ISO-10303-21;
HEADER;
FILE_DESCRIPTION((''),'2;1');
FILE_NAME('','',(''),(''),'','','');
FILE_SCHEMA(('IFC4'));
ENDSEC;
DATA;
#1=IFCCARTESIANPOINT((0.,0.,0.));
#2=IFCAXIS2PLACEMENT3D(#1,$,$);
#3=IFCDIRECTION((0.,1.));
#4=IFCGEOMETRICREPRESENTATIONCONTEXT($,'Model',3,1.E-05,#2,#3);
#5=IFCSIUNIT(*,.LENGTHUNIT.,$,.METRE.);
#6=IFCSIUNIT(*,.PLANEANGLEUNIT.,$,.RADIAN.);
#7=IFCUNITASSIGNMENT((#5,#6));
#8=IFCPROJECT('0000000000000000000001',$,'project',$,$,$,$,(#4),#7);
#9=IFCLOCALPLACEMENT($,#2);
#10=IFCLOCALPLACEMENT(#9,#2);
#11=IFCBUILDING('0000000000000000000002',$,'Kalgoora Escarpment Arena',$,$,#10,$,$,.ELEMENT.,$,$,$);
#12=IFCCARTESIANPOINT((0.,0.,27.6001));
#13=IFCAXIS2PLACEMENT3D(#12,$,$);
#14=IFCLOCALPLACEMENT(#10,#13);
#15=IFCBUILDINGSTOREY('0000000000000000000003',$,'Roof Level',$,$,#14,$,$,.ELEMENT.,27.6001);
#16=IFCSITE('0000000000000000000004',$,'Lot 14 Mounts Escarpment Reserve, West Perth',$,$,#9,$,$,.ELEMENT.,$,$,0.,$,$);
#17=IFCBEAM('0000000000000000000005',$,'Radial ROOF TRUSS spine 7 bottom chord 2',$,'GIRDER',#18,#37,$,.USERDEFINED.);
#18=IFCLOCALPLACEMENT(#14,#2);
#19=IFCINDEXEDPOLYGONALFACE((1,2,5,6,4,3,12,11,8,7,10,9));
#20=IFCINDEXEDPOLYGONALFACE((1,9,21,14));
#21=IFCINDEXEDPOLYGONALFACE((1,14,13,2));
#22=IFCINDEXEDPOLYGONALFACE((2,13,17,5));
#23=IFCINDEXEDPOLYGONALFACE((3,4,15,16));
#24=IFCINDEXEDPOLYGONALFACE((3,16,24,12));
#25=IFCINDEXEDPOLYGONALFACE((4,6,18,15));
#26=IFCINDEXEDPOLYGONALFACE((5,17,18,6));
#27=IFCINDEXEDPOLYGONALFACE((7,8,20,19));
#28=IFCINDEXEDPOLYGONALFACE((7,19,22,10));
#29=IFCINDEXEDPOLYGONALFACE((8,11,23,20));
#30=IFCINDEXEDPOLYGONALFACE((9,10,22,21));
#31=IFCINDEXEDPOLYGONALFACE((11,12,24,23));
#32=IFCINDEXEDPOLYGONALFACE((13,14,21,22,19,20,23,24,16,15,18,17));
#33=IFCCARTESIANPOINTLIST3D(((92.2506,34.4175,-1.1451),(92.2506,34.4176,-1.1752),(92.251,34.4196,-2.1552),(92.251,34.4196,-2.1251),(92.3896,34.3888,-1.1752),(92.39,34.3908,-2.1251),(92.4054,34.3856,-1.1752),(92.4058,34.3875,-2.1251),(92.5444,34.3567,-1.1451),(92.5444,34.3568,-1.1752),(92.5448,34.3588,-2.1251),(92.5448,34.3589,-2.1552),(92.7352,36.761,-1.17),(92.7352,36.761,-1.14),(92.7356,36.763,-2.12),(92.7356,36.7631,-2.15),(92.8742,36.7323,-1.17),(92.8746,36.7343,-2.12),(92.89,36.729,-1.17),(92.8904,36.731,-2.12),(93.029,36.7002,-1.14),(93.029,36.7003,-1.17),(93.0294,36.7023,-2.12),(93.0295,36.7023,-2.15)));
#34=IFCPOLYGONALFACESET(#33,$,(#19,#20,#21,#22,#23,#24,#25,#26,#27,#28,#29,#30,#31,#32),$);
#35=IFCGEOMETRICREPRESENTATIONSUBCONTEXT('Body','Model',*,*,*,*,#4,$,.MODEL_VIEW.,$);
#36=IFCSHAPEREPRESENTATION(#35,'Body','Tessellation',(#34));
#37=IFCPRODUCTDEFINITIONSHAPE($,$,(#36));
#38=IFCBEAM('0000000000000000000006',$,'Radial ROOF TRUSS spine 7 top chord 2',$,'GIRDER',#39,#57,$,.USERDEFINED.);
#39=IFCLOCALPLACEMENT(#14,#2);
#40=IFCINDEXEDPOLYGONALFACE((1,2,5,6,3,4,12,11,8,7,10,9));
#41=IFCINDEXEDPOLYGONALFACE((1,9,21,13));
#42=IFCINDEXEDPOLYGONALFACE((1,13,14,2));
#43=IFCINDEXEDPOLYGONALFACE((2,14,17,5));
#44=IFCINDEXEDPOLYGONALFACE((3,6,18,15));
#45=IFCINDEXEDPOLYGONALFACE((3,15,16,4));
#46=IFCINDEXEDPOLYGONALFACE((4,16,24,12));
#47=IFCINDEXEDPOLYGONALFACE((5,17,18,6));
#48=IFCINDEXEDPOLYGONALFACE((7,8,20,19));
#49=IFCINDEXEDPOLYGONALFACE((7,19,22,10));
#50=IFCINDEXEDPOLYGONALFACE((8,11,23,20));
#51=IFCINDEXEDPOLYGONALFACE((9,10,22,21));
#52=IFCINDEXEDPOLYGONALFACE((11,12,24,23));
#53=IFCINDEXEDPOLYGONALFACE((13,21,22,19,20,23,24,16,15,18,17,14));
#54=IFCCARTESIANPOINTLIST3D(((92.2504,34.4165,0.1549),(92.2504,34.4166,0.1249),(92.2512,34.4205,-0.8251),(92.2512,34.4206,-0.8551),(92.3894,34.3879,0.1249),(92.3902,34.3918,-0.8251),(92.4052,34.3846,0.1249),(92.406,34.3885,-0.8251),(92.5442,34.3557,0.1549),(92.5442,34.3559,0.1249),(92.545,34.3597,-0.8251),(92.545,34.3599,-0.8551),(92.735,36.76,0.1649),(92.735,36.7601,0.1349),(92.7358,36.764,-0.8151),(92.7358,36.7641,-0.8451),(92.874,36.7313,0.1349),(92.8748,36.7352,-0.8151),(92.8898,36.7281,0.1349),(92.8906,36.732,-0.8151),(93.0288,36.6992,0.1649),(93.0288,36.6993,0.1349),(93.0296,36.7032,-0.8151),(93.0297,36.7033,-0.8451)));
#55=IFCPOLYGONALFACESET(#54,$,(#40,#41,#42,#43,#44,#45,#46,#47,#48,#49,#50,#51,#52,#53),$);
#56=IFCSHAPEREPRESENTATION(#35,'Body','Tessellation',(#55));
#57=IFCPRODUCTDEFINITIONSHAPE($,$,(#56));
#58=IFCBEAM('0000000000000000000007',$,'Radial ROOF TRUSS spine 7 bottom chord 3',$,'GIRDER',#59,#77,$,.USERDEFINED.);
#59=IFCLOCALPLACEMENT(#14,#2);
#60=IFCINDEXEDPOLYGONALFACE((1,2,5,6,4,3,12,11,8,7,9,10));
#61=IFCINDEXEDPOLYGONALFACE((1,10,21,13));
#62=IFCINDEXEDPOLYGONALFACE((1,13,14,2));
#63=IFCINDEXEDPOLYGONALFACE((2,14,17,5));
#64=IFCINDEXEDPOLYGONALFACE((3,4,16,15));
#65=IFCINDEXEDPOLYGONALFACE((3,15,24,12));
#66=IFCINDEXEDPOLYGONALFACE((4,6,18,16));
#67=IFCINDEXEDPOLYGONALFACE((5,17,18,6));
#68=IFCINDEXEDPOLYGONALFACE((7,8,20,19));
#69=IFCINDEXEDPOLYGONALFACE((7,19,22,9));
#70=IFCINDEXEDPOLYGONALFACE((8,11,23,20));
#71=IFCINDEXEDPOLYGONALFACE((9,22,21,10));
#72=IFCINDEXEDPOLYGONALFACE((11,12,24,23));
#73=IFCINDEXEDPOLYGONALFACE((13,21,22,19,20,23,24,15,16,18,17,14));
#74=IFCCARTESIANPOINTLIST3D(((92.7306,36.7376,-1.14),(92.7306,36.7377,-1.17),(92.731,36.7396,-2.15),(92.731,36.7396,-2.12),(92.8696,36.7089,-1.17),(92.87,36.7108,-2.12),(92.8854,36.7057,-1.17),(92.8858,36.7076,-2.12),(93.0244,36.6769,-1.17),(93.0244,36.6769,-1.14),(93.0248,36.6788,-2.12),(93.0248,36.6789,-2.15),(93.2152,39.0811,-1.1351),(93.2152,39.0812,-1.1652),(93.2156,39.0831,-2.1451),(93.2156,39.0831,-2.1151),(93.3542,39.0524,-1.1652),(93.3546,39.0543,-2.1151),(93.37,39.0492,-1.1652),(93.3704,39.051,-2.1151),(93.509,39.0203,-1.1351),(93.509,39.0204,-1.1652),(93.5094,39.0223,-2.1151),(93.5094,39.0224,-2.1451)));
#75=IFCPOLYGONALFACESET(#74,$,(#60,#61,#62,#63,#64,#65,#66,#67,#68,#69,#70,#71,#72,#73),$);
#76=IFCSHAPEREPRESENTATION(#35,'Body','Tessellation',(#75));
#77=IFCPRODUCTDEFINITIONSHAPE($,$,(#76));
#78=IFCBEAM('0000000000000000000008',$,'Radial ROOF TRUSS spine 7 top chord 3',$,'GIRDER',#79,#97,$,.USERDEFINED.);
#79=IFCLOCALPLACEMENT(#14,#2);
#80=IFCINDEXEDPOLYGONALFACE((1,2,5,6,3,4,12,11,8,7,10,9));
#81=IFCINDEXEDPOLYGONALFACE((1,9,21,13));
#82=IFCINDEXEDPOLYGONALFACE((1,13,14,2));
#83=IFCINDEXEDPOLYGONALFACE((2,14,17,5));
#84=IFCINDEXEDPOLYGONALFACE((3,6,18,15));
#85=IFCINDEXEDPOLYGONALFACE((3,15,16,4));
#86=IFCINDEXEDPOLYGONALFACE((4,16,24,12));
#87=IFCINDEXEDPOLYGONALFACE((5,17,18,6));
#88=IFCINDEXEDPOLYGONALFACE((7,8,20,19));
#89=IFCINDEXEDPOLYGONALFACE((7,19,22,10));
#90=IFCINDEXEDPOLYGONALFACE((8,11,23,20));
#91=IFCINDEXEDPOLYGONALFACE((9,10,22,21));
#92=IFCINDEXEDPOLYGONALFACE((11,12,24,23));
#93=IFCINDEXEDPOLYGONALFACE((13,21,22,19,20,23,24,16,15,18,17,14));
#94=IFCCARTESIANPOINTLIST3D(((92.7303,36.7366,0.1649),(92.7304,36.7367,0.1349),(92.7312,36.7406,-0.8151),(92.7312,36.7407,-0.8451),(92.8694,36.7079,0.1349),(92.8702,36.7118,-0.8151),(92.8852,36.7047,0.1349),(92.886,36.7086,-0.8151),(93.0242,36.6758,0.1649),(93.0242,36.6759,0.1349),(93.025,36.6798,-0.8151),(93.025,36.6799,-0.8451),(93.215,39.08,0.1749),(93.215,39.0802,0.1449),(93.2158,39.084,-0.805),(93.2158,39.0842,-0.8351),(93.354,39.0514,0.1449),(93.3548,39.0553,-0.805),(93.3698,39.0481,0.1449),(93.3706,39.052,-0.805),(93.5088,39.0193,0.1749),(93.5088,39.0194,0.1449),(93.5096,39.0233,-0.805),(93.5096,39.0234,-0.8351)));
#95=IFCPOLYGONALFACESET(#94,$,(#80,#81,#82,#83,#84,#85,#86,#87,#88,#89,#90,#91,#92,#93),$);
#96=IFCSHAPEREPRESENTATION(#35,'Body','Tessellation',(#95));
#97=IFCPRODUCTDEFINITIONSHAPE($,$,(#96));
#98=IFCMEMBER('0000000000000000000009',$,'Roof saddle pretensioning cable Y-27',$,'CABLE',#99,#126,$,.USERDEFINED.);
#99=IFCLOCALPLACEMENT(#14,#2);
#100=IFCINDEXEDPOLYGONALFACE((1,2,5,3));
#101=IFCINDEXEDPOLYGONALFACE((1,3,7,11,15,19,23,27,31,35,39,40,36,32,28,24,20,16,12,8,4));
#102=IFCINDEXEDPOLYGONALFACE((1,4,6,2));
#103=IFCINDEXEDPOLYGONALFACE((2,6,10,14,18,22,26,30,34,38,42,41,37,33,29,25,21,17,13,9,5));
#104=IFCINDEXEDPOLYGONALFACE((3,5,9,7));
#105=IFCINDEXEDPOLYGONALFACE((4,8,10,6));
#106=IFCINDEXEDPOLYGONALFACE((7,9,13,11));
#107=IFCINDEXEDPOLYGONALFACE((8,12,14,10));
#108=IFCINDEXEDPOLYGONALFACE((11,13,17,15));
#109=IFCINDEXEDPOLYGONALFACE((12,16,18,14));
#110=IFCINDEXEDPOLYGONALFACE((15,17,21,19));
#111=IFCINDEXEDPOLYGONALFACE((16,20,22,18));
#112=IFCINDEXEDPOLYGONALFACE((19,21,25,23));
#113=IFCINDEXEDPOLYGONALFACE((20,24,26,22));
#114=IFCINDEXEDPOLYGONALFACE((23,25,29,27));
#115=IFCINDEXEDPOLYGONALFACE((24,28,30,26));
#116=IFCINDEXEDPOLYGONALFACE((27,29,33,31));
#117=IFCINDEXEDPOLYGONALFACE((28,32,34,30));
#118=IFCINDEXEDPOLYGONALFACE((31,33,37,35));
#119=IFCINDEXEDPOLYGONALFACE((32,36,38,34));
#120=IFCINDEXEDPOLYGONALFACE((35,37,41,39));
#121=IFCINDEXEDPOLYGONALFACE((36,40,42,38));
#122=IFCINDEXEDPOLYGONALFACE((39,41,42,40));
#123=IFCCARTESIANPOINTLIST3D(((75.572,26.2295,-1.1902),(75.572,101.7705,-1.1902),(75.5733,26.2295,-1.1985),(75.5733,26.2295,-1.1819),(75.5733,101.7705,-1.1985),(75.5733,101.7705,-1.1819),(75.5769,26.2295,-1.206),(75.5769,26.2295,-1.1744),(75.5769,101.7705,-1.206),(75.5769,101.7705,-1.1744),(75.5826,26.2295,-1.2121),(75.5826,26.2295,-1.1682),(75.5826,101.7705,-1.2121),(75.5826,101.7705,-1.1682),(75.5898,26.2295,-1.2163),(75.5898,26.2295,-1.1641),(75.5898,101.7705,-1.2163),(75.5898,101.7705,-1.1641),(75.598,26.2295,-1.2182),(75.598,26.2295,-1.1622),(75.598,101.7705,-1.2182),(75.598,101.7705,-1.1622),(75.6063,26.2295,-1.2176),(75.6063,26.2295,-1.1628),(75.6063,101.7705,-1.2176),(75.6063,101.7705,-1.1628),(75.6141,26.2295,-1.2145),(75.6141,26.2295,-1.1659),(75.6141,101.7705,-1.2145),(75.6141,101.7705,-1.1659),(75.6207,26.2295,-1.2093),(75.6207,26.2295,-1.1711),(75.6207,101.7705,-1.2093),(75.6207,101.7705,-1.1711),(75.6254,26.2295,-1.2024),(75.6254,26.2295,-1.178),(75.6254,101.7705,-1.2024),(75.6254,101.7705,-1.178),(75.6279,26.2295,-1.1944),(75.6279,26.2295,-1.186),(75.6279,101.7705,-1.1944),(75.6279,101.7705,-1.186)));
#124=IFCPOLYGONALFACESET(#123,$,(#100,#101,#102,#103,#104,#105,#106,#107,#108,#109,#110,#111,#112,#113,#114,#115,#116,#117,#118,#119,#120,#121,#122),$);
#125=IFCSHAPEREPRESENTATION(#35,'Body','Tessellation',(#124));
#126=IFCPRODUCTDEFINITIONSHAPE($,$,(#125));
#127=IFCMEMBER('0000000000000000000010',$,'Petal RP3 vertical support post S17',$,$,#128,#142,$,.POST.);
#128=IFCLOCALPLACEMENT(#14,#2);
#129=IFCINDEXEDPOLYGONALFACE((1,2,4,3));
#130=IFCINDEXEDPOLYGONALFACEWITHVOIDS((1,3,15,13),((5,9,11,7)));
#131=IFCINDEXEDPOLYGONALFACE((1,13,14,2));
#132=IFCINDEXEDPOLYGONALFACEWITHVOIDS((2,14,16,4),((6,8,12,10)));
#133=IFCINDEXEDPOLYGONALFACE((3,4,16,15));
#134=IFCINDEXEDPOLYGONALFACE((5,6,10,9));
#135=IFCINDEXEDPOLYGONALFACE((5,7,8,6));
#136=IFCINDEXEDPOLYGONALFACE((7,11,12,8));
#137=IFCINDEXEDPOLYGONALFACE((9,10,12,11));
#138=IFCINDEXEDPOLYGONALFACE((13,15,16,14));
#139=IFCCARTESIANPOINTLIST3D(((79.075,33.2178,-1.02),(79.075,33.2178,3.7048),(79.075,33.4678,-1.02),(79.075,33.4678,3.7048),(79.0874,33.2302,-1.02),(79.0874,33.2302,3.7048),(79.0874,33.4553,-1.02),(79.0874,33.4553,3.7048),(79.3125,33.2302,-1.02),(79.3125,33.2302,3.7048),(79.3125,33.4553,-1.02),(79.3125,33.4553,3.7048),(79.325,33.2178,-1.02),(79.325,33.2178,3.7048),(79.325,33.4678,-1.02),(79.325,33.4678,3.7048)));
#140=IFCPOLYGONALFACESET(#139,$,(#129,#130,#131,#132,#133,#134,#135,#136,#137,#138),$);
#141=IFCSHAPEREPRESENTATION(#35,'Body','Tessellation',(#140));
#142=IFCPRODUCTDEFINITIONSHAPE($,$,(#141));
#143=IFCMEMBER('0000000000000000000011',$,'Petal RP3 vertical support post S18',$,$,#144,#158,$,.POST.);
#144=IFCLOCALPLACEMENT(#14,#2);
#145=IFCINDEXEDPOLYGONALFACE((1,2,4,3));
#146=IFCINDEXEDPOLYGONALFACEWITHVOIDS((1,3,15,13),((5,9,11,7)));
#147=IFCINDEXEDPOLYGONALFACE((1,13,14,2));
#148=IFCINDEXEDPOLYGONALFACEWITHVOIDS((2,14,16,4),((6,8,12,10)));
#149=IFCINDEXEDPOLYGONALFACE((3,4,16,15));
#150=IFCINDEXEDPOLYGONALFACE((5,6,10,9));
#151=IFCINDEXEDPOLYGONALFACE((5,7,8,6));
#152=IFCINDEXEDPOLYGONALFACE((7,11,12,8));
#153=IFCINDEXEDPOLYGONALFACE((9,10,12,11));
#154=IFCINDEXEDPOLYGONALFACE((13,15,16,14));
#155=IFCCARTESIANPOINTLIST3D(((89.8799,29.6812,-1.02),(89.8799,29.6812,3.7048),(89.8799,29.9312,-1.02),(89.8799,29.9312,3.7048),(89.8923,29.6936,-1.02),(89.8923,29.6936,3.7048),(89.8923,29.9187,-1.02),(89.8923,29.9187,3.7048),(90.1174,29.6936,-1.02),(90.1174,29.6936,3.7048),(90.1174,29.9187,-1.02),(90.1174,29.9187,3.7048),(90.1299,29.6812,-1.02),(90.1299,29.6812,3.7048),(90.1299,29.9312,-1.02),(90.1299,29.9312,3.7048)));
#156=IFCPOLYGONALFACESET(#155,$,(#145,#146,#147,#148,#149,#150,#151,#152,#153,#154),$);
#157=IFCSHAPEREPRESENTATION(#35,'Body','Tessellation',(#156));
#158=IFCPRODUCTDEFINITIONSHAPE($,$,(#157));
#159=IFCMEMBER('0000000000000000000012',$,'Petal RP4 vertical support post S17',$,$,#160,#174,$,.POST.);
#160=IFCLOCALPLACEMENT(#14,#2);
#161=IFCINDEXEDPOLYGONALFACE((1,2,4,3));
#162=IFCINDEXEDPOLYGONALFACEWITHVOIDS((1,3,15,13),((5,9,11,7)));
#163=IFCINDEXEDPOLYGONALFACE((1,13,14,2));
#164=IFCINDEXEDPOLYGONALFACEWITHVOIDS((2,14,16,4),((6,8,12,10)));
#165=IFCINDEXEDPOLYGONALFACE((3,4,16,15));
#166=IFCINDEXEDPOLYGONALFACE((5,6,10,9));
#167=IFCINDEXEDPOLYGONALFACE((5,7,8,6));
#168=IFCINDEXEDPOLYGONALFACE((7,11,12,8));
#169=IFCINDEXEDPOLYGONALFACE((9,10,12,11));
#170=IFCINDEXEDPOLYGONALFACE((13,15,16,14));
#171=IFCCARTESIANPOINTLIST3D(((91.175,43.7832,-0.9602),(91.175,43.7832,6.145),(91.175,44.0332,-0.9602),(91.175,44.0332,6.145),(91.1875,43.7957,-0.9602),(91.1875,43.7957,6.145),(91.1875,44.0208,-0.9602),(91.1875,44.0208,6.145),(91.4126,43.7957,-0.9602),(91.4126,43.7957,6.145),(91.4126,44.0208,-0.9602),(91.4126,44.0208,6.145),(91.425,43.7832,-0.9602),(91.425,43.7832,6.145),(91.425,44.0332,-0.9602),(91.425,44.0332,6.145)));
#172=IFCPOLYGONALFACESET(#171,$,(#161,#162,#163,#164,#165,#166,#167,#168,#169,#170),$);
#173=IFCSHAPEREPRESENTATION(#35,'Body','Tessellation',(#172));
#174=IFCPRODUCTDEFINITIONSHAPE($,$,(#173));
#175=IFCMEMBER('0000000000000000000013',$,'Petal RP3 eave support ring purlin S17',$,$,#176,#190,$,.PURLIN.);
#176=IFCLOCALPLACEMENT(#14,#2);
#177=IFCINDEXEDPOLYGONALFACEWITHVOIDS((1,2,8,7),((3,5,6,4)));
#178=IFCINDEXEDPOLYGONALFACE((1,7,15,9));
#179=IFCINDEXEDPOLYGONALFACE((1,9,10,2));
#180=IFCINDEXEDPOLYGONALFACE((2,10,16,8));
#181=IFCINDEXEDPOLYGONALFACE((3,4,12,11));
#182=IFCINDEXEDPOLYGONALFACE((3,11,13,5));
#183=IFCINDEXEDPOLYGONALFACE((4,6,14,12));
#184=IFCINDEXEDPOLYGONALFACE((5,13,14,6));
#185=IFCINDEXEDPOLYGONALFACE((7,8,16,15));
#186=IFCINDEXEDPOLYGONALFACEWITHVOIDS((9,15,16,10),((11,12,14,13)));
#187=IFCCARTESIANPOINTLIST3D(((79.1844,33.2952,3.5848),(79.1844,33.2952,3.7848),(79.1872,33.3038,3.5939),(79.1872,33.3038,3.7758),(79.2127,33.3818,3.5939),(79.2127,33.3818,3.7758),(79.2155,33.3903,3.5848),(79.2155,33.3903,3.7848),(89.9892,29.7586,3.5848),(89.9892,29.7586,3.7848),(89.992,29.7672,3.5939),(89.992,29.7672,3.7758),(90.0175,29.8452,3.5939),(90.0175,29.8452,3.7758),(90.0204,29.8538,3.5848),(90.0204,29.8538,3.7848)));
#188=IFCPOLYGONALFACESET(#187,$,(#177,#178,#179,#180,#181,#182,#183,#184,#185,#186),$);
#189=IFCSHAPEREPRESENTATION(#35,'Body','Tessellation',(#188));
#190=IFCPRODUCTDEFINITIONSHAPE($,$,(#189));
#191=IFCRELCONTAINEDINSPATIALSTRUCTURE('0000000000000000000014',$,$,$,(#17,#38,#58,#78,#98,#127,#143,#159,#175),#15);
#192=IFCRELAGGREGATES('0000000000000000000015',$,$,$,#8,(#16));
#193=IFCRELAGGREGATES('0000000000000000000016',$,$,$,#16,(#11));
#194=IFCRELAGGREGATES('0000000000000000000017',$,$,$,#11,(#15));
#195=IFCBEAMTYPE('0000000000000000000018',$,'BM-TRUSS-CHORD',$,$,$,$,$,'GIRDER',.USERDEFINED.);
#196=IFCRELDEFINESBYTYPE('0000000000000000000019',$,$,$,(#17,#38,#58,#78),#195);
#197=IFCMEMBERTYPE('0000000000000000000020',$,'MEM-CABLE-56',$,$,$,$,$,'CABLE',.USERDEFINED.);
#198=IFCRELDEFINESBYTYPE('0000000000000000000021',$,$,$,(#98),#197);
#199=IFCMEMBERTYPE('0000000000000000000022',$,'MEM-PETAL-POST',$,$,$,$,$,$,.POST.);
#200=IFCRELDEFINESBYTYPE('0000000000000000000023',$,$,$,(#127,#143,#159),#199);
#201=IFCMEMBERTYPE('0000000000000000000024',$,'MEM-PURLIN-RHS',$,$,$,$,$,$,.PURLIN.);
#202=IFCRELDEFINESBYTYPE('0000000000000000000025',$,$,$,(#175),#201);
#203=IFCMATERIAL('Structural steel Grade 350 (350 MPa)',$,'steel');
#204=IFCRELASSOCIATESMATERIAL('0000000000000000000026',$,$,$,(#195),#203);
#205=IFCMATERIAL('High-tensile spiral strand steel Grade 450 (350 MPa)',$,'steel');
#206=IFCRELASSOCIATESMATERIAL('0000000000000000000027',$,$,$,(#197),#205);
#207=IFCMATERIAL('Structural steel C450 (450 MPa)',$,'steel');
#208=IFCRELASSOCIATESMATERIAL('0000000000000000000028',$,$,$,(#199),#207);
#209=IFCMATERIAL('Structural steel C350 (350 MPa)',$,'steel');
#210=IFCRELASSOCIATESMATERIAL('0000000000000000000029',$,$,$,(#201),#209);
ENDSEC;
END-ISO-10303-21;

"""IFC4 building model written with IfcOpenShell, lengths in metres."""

from ifc_helpers import new_model, si_unit, direction, frame, origin, origin_2d, place, context, subcontext, project, spatial, hollow_rectangle, circle, i_section, extrude, material, material_profile, profile_set, type_object, element, save


model = new_model("IFC4")

# Units and contexts
model_context = context("Model", 3, precision=1e-05, world=origin(), true_north=direction((0.0, 1.0)))
body_context = subcontext(model_context, "Body", "Model", "MODEL_VIEW")
ifc_project = project(units=[si_unit("LENGTHUNIT", "METRE"), si_unit("PLANEANGLEUNIT", "RADIAN")], contexts=[model_context])

# Site, building, storey
site_placement = place(None, origin())
site = spatial("IfcSite", under=ifc_project, at=site_placement, Name="Lot 14 Mounts Escarpment Reserve, West Perth", CompositionType="ELEMENT", RefElevation=0.0)
building_placement = place(site_placement, origin())
building = spatial("IfcBuilding", under=site, at=building_placement, Name="Kalgoora Escarpment Arena", CompositionType="ELEMENT")
storey_placement = place(building_placement, frame((0.0, 0.0, 27.6001)))
storey = spatial("IfcBuildingStorey", under=building, at=storey_placement, Name="Roof Level", CompositionType="ELEMENT", Elevation=27.6001)

# Beams
ifc_material_1 = material(Name="Structural steel Grade 350 (350 MPa)", Category="steel")
ifc_material_profile_1 = material_profile(ifc_material_1, i_section(OverallWidth=0.3, OverallDepth=1.01, WebThickness=0.0161, FlangeThickness=0.03, at=origin_2d()))
ifc_profile_set_1 = profile_set([ifc_material_profile_1], Name="Structural steel Grade 350 (350 MPa)")
beam_type = type_object("IfcBeamType", Name="BM-TRUSS-CHORD", ElementType="GIRDER", PredefinedType="USERDEFINED", material=ifc_profile_set_1)
for number, where, z_axis, x_axis, name in (
    (1, (92.3977, 34.3882, -1.6501), (0.202507, 0.979278, 0.002142), (-0.979281, 0.202508, 0.0), "Radial ROOF TRUSS spine 7 bottom chord 2"),
    (2, (92.3977, 34.3882, -0.3501), (0.202506, 0.979272, 0.004183), (-0.979281, 0.202508, 0.0), "Radial ROOF TRUSS spine 7 top chord 2"),
    (3, (92.8777, 36.7083, -1.645), (0.202507, 0.979279, 0.00204), (-0.979281, 0.202508, 0.0), "Radial ROOF TRUSS spine 7 bottom chord 3"),
    (4, (92.8777, 36.7083, -0.3401), (0.202506, 0.979272, 0.004183), (-0.979281, 0.202508, 0.0), "Radial ROOF TRUSS spine 7 top chord 3"),
):
    element("IfcBeam", number, at=place(storey_placement, frame(where, z_axis=z_axis, x_axis=x_axis)), inside=storey, type_object=beam_type, Name=name, ObjectType="GIRDER", PredefinedType="USERDEFINED", context=body_context, shape_type="SweptSolid", body=[
        extrude(i_section(OverallWidth=0.3, OverallDepth=1.01, WebThickness=0.0161, FlangeThickness=0.03, at=origin_2d()), origin(), (0.0, 0.0, 1.0), 2.3931),
    ])

# Members
ifc_material_2 = material(Name="High-tensile spiral strand steel Grade 450 (350 MPa)", Category="steel")
ifc_material_profile_2 = material_profile(ifc_material_2, circle(Radius=0.0281, at=origin_2d()))
ifc_profile_set_2 = profile_set([ifc_material_profile_2], Name="High-tensile spiral strand steel Grade 450 (350 MPa)")
member_type_1 = type_object("IfcMemberType", Name="MEM-CABLE-56", ElementType="CABLE", PredefinedType="USERDEFINED", material=ifc_profile_set_2)
member_1_placement = place(storey_placement, frame((75.6001, 26.2295, -1.1902), z_axis=(0.0, 1.0, 0.0), x_axis=(-1.0, 0.0, 0.0)))
element("IfcMember", 5, at=member_1_placement, inside=storey, type_object=member_type_1, Name="Roof saddle pretensioning cable Y-27", ObjectType="CABLE", PredefinedType="USERDEFINED", context=body_context, shape_type="SweptSolid", body=[
    extrude(circle(Radius=0.0281, at=origin_2d()), origin(), (0.0, 0.0, 1.0), 75.541),
])
ifc_material_3 = material(Name="Structural steel C450 (450 MPa)", Category="steel")
ifc_material_profile_3 = material_profile(ifc_material_3, hollow_rectangle(XDim=0.25, YDim=0.25, WallThickness=0.0125, at=origin_2d()))
ifc_profile_set_3 = profile_set([ifc_material_profile_3], Name="Structural steel C450 (450 MPa)")
member_type_2 = type_object("IfcMemberType", Name="MEM-PETAL-POST", PredefinedType="POST", material=ifc_profile_set_3)
for number, where, z_axis, x_axis, name in (
    (6, (79.2, 33.3428, -1.02), (0.0, 0.0, 1.0), (1.0, 0.0, 0.0), "Petal RP3 vertical support post S17"),
    (7, (90.0049, 29.8062, -1.02), (0.0, 0.0, 1.0), (1.0, 0.0, 0.0), "Petal RP3 vertical support post S18"),
):
    element("IfcMember", number, at=place(storey_placement, frame(where, z_axis=z_axis, x_axis=x_axis)), inside=storey, type_object=member_type_2, Name=name, PredefinedType="POST", context=body_context, shape_type="SweptSolid", body=[
        extrude(hollow_rectangle(XDim=0.25, YDim=0.25, WallThickness=0.0125, at=origin_2d()), origin(), (0.0, 0.0, 1.0), 4.7249),
    ])
member_2_placement = place(storey_placement, frame((91.3, 43.9082, -0.9602), z_axis=(0.0, 0.0, 1.0), x_axis=(1.0, 0.0, 0.0)))
element("IfcMember", 8, at=member_2_placement, inside=storey, type_object=member_type_2, Name="Petal RP4 vertical support post S17", PredefinedType="POST", context=body_context, shape_type="SweptSolid", body=[
    extrude(hollow_rectangle(XDim=0.25, YDim=0.25, WallThickness=0.0125, at=origin_2d()), origin(), (0.0, 0.0, 1.0), 7.1052),
])
ifc_material_4 = material(Name="Structural steel C350 (350 MPa)", Category="steel")
ifc_material_profile_4 = material_profile(ifc_material_4, hollow_rectangle(XDim=0.1001, YDim=0.2, WallThickness=0.009, at=origin_2d()))
ifc_profile_set_4 = profile_set([ifc_material_profile_4], Name="Structural steel C350 (350 MPa)")
member_type_3 = type_object("IfcMemberType", Name="MEM-PURLIN-RHS", PredefinedType="PURLIN", material=ifc_profile_set_4)
member_3_placement = place(storey_placement, frame((79.2, 33.3428, 3.6848), z_axis=(0.950385, -0.311076, 0.0), x_axis=(0.311076, 0.950385, 0.0)))
element("IfcMember", 9, at=member_3_placement, inside=storey, type_object=member_type_3, Name="Petal RP3 eave support ring purlin S17", PredefinedType="PURLIN", context=body_context, shape_type="SweptSolid", body=[
    extrude(hollow_rectangle(XDim=0.1001, YDim=0.2, WallThickness=0.009, at=origin_2d()), origin(), (0.0, 0.0, 1.0), 11.3689),
])

save(model, "model.ifc")
